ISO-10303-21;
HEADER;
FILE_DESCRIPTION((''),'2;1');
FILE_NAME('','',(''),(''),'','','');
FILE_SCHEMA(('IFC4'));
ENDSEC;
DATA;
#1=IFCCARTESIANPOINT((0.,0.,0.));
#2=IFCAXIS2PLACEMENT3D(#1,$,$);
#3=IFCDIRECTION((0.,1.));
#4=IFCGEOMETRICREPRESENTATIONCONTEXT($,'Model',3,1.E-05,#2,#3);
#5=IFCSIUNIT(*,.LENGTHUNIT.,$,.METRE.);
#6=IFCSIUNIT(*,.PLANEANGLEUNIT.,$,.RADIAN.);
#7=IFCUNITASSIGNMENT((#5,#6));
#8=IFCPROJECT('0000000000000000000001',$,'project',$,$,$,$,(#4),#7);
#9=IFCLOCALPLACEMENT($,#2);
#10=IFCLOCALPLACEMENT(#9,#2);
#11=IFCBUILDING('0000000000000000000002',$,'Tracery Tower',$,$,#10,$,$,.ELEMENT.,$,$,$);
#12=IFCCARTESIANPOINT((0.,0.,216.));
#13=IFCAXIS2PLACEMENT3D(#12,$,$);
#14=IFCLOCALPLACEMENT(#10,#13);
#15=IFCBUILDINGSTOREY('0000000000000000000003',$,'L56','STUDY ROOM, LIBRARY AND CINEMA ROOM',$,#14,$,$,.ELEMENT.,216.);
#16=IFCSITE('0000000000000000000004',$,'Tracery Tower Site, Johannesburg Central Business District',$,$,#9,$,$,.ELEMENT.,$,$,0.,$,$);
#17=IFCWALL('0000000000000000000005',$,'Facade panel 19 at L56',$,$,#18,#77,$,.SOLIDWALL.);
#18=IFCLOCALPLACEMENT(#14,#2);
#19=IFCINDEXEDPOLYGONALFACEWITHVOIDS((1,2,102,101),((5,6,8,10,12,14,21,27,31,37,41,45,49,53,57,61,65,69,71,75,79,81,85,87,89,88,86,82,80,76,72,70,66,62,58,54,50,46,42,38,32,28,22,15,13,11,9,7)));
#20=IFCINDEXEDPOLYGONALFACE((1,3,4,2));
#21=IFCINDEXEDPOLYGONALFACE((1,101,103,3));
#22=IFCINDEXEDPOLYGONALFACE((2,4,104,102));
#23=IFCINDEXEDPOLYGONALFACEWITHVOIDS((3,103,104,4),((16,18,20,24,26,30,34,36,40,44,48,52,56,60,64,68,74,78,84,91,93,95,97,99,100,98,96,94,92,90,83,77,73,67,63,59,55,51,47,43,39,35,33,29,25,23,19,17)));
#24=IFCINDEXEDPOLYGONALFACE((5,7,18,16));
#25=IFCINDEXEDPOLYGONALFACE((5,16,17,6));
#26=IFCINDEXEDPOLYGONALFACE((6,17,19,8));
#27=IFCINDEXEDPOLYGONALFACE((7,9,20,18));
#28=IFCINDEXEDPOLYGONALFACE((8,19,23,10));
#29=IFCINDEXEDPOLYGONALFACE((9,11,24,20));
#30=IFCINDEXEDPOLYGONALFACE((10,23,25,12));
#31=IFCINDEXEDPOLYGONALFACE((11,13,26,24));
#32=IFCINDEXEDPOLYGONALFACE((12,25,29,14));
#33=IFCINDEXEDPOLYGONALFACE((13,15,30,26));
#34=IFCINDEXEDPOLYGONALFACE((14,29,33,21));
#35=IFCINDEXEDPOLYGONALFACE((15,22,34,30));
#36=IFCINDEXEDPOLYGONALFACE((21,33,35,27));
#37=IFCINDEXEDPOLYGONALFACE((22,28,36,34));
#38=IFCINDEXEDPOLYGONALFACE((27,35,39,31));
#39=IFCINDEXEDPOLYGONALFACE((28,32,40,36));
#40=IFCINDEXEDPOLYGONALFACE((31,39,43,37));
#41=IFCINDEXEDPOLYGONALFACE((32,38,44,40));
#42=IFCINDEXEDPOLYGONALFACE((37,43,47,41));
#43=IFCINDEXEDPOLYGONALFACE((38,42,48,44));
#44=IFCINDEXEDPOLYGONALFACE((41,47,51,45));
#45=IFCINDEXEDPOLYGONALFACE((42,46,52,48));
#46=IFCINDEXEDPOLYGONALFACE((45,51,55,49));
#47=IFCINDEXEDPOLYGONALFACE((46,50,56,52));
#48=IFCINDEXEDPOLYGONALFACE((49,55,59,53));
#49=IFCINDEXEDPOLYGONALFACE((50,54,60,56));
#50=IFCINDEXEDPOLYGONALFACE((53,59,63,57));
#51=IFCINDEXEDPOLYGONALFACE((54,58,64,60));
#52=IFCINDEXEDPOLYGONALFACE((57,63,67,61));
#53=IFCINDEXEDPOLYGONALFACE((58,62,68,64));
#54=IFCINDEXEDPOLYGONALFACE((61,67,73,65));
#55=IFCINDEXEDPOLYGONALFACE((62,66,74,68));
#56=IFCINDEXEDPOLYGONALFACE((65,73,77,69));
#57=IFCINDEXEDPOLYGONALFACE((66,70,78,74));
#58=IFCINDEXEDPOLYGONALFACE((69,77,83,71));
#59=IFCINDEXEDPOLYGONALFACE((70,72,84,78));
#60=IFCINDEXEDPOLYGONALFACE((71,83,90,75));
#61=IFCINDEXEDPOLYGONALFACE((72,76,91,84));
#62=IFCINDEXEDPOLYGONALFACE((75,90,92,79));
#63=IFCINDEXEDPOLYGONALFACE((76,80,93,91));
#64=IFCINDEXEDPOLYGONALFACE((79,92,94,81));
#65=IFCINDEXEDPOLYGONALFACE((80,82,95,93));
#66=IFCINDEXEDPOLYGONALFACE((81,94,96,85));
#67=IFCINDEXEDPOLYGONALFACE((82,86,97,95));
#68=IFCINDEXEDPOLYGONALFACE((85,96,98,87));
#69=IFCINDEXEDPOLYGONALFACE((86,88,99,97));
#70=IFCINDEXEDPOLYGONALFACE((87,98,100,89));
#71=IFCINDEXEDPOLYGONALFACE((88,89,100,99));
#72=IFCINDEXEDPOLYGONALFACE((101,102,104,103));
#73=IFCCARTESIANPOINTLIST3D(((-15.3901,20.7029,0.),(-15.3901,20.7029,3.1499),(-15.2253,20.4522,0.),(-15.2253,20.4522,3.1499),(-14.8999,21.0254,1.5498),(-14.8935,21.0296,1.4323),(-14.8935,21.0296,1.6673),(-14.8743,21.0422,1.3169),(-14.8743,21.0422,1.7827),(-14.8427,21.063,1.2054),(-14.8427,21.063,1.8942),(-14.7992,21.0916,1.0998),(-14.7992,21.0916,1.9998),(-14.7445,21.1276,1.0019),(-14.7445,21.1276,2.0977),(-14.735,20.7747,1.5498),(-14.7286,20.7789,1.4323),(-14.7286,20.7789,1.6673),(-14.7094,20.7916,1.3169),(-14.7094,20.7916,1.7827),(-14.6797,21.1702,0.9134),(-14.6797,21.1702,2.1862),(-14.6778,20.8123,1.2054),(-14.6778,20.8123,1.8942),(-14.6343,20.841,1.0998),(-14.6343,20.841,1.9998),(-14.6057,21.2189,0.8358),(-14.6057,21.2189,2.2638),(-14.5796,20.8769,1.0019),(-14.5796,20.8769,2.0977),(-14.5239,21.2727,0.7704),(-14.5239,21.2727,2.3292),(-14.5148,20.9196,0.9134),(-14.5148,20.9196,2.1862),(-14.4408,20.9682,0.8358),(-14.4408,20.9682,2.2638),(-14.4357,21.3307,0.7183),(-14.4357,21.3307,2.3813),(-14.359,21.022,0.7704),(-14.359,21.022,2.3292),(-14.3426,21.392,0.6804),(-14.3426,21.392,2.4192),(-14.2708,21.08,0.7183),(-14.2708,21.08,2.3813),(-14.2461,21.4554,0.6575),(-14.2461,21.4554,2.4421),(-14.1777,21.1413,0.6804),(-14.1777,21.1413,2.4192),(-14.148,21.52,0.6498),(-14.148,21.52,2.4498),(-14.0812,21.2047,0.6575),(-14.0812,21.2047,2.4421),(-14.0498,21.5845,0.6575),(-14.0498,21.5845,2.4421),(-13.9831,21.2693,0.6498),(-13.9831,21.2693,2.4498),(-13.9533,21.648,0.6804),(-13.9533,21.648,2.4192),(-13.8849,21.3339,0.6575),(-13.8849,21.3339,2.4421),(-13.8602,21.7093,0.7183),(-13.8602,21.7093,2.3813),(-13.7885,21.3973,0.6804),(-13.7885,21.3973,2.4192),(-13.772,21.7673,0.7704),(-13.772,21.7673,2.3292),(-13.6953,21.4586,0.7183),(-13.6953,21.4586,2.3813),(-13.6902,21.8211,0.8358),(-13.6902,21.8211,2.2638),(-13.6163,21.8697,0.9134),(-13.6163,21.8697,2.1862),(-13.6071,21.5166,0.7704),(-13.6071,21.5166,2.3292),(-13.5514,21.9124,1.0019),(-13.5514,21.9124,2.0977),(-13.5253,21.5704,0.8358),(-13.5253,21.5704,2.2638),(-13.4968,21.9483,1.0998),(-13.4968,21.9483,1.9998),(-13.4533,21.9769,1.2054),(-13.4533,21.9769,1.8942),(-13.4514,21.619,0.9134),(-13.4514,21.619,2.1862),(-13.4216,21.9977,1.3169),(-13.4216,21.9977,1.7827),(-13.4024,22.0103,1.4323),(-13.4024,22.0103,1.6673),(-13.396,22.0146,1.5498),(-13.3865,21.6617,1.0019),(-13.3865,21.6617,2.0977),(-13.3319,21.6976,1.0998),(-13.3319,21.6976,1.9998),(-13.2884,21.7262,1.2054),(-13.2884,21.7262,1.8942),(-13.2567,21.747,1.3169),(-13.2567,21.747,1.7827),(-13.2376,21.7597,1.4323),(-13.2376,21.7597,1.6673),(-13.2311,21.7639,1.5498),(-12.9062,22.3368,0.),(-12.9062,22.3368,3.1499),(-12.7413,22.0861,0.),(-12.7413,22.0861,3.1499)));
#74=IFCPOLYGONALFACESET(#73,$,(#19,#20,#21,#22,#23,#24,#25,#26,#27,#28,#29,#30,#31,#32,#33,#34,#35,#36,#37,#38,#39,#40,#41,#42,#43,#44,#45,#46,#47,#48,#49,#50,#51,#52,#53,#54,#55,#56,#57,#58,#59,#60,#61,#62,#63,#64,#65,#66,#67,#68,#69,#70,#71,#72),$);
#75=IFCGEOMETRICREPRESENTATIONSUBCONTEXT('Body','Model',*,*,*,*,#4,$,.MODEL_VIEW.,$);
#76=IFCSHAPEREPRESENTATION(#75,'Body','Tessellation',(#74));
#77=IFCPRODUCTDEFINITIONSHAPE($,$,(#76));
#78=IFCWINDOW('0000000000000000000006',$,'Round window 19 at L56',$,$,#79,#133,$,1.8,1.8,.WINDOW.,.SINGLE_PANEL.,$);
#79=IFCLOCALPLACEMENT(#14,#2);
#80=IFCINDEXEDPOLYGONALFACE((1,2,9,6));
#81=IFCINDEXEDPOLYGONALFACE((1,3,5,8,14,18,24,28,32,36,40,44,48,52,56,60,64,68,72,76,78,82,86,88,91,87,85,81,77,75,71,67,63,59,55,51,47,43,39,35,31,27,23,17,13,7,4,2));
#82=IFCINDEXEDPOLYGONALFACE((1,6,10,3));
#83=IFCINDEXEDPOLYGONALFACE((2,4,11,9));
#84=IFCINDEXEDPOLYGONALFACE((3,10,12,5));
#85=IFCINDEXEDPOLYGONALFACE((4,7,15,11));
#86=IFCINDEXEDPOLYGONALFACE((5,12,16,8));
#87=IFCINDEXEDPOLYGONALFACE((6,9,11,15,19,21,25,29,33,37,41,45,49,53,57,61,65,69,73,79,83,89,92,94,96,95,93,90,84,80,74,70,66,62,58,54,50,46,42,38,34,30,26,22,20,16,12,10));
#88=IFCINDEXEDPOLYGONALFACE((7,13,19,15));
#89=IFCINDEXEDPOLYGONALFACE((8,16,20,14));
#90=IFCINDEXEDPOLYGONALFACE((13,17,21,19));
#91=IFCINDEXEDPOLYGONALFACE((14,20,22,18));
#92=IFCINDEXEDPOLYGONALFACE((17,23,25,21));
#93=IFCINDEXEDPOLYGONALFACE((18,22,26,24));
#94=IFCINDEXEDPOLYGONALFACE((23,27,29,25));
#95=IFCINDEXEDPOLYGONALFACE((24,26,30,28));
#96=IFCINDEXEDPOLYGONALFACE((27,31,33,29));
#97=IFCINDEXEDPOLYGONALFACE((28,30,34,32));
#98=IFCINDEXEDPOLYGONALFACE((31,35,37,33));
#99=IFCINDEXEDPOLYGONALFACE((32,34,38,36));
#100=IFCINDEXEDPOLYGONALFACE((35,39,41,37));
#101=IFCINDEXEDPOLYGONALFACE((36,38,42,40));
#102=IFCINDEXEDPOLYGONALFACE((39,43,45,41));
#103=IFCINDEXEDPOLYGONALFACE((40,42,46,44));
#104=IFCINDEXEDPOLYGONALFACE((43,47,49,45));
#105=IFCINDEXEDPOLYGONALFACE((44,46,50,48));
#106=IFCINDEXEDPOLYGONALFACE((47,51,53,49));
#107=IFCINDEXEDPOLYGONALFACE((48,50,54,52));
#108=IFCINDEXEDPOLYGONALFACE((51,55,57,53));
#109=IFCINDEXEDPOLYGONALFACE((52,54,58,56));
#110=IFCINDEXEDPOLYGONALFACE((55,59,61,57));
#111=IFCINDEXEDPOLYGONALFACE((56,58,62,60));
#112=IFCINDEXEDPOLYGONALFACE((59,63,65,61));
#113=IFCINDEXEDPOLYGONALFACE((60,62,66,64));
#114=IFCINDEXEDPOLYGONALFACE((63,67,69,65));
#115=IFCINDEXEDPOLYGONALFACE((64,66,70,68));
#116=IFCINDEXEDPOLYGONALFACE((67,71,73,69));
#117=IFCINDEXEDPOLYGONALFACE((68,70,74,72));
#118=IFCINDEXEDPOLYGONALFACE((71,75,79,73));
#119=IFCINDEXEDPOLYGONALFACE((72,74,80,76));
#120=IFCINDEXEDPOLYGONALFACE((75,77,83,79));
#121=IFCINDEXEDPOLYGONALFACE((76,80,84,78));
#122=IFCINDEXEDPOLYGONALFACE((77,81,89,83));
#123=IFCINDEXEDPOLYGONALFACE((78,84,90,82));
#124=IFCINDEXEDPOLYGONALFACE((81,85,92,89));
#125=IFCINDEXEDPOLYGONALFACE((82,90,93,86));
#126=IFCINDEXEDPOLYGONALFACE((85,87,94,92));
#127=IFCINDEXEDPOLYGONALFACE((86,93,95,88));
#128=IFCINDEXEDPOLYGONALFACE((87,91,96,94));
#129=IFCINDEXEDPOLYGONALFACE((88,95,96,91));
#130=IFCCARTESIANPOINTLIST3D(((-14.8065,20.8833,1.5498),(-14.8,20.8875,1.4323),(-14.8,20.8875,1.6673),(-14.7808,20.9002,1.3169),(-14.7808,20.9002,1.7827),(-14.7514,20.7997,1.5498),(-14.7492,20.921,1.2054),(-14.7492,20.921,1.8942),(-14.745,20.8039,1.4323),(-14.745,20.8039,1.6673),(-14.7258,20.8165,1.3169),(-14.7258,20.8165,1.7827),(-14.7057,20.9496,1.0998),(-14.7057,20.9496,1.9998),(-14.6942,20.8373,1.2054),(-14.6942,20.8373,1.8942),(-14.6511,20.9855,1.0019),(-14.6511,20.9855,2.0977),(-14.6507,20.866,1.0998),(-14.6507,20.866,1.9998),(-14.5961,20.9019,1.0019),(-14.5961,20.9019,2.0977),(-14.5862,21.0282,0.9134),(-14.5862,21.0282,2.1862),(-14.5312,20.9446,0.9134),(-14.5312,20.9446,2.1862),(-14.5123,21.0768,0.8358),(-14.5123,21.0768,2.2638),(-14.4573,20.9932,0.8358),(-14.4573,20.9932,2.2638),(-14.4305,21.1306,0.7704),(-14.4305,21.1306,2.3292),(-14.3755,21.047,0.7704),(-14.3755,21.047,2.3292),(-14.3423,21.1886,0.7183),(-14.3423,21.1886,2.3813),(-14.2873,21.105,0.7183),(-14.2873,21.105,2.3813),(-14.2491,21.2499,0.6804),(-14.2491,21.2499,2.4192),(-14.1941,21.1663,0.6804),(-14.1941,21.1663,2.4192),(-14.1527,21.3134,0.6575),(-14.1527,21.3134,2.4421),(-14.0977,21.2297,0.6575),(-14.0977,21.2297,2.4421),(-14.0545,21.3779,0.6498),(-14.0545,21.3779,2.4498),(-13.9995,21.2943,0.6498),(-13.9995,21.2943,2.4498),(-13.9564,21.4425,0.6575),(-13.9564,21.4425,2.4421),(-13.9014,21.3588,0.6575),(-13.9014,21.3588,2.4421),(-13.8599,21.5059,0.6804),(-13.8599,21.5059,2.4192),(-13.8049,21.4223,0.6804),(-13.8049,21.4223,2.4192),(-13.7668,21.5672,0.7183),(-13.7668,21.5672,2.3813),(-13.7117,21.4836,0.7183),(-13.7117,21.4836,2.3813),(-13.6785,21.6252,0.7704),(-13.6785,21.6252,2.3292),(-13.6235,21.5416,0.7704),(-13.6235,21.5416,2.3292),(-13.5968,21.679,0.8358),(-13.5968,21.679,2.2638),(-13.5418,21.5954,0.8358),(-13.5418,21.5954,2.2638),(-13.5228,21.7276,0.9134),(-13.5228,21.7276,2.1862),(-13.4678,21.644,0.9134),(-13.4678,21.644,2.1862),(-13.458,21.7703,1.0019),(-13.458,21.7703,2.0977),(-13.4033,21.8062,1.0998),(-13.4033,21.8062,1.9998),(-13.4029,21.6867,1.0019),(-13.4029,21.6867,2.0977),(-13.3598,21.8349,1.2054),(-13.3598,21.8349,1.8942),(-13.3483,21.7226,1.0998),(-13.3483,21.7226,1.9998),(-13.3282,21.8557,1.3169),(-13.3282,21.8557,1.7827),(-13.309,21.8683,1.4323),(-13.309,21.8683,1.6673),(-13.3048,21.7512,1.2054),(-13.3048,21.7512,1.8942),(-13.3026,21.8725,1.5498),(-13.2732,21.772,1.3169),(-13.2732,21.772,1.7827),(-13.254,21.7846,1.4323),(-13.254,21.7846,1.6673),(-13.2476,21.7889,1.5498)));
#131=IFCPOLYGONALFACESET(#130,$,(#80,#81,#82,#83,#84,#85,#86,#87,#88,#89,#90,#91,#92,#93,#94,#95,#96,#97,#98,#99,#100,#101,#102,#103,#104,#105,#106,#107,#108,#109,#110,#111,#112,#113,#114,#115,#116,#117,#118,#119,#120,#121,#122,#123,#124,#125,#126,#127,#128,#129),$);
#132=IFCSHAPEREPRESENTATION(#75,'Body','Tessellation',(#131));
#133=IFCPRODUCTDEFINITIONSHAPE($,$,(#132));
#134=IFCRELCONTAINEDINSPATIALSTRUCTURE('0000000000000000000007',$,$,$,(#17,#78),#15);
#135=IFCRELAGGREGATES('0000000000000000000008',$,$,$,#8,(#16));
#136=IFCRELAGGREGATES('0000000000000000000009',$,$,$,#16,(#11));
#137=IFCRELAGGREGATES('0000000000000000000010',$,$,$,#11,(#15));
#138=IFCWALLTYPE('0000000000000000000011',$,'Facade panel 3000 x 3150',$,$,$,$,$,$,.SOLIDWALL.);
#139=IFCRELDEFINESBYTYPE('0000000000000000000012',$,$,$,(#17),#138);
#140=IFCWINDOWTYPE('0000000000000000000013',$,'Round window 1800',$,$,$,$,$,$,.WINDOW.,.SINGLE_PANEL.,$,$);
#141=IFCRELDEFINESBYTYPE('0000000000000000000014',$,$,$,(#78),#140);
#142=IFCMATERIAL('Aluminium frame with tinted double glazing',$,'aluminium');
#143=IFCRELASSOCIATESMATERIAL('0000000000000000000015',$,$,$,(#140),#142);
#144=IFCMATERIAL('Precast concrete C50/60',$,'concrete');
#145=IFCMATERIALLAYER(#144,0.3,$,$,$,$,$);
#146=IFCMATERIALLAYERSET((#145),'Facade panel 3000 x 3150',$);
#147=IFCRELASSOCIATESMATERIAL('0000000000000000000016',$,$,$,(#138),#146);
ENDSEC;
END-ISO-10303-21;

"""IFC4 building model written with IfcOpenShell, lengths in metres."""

from ifc_helpers import new_model, si_unit, direction, frame, frame_2d, origin, origin_2d, place, context, subcontext, project, spatial, rectangle, circle, extrude, material, layer, layer_set, type_object, element, fill, save


model = new_model("IFC4")

# Units and contexts
model_context = context("Model", 3, precision=1e-05, world=origin(), true_north=direction((0.0, 1.0)))
body_context = subcontext(model_context, "Body", "Model", "MODEL_VIEW")
ifc_project = project(units=[si_unit("LENGTHUNIT", "METRE"), si_unit("PLANEANGLEUNIT", "RADIAN")], contexts=[model_context])

# Site, building, storey
site_placement = place(None, origin())
site = spatial("IfcSite", under=ifc_project, at=site_placement, Name="Tracery Tower Site, Johannesburg Central Business District", CompositionType="ELEMENT", RefElevation=0.0)
building_placement = place(site_placement, origin())
building = spatial("IfcBuilding", under=site, at=building_placement, Name="Tracery Tower", CompositionType="ELEMENT")
storey_placement = place(building_placement, frame((0.0, 0.0, 216.0)))
storey = spatial("IfcBuildingStorey", under=building, at=storey_placement, Name="L56", Description="STUDY ROOM, LIBRARY AND CINEMA ROOM", CompositionType="ELEMENT", Elevation=216.0)

# Wall, opening, window
ifc_material_1 = material(Name="Aluminium frame with tinted double glazing", Category="aluminium")
window_type = type_object("IfcWindowType", Name="Round window 1800", PartitioningType="SINGLE_PANEL", PredefinedType="WINDOW", material=ifc_material_1)
ifc_material_2 = material(Name="Precast concrete C50/60", Category="concrete")
ifc_layer_1 = layer(ifc_material_2, 0.3)
ifc_layer_set_1 = layer_set([ifc_layer_1], Name="Facade panel 3000 x 3150")
wall_type_1 = type_object("IfcWallType", Name="Facade panel 3000 x 3150", PredefinedType="SOLIDWALL", material=ifc_layer_set_1)
wall_1_placement = place(storey_placement, frame((-12.8237, 22.2114, 0.0), z_axis=(0.0, 0.0, 1.0), x_axis=(-0.835471, -0.549535, 0.0)))
wall_1 = element("IfcWall", 1, at=wall_1_placement, inside=storey, type_object=wall_type_1, Name="Facade panel 19 at L56", PredefinedType="SOLIDWALL", context=body_context, shape_type="SweptSolid", body=[
    extrude(rectangle(XDim=2.9731, YDim=0.3, at=frame_2d((1.4866, 0.0))), origin(), (0.0, 0.0, 1.0), 3.1499),
])
opening_1_placement = place(wall_1_placement, frame((1.4863, 0.0, 1.5498)))
opening_1 = element("IfcOpeningElement", 2, at=opening_1_placement, cuts=wall_1, PredefinedType="OPENING", context=body_context, shape_type="SweptSolid", body=[
    extrude(circle(Radius=0.9, at=origin_2d()), frame((0.0, 0.1599, 0.0), z_axis=(0.0, -1.0, 0.0), x_axis=(1.0, 0.0, 0.0)), (0.0, 0.0, 1.0), 0.3201),
])
window_1_placement = place(opening_1_placement, origin())
window_1 = element("IfcWindow", 3, at=window_1_placement, inside=storey, type_object=window_type, Name="Round window 19 at L56", OverallHeight=1.8, OverallWidth=1.8, PartitioningType="SINGLE_PANEL", PredefinedType="WINDOW", context=body_context, shape_type="SweptSolid", body=[
    extrude(circle(Radius=0.9, at=origin_2d()), frame((0.0, 0.1201, 0.0), z_axis=(0.0, -1.0, 0.0), x_axis=(1.0, 0.0, 0.0)), (0.0, 0.0, 1.0), 0.1001),
])
fill(opening_1, window_1)

save(model, "model.ifc")
